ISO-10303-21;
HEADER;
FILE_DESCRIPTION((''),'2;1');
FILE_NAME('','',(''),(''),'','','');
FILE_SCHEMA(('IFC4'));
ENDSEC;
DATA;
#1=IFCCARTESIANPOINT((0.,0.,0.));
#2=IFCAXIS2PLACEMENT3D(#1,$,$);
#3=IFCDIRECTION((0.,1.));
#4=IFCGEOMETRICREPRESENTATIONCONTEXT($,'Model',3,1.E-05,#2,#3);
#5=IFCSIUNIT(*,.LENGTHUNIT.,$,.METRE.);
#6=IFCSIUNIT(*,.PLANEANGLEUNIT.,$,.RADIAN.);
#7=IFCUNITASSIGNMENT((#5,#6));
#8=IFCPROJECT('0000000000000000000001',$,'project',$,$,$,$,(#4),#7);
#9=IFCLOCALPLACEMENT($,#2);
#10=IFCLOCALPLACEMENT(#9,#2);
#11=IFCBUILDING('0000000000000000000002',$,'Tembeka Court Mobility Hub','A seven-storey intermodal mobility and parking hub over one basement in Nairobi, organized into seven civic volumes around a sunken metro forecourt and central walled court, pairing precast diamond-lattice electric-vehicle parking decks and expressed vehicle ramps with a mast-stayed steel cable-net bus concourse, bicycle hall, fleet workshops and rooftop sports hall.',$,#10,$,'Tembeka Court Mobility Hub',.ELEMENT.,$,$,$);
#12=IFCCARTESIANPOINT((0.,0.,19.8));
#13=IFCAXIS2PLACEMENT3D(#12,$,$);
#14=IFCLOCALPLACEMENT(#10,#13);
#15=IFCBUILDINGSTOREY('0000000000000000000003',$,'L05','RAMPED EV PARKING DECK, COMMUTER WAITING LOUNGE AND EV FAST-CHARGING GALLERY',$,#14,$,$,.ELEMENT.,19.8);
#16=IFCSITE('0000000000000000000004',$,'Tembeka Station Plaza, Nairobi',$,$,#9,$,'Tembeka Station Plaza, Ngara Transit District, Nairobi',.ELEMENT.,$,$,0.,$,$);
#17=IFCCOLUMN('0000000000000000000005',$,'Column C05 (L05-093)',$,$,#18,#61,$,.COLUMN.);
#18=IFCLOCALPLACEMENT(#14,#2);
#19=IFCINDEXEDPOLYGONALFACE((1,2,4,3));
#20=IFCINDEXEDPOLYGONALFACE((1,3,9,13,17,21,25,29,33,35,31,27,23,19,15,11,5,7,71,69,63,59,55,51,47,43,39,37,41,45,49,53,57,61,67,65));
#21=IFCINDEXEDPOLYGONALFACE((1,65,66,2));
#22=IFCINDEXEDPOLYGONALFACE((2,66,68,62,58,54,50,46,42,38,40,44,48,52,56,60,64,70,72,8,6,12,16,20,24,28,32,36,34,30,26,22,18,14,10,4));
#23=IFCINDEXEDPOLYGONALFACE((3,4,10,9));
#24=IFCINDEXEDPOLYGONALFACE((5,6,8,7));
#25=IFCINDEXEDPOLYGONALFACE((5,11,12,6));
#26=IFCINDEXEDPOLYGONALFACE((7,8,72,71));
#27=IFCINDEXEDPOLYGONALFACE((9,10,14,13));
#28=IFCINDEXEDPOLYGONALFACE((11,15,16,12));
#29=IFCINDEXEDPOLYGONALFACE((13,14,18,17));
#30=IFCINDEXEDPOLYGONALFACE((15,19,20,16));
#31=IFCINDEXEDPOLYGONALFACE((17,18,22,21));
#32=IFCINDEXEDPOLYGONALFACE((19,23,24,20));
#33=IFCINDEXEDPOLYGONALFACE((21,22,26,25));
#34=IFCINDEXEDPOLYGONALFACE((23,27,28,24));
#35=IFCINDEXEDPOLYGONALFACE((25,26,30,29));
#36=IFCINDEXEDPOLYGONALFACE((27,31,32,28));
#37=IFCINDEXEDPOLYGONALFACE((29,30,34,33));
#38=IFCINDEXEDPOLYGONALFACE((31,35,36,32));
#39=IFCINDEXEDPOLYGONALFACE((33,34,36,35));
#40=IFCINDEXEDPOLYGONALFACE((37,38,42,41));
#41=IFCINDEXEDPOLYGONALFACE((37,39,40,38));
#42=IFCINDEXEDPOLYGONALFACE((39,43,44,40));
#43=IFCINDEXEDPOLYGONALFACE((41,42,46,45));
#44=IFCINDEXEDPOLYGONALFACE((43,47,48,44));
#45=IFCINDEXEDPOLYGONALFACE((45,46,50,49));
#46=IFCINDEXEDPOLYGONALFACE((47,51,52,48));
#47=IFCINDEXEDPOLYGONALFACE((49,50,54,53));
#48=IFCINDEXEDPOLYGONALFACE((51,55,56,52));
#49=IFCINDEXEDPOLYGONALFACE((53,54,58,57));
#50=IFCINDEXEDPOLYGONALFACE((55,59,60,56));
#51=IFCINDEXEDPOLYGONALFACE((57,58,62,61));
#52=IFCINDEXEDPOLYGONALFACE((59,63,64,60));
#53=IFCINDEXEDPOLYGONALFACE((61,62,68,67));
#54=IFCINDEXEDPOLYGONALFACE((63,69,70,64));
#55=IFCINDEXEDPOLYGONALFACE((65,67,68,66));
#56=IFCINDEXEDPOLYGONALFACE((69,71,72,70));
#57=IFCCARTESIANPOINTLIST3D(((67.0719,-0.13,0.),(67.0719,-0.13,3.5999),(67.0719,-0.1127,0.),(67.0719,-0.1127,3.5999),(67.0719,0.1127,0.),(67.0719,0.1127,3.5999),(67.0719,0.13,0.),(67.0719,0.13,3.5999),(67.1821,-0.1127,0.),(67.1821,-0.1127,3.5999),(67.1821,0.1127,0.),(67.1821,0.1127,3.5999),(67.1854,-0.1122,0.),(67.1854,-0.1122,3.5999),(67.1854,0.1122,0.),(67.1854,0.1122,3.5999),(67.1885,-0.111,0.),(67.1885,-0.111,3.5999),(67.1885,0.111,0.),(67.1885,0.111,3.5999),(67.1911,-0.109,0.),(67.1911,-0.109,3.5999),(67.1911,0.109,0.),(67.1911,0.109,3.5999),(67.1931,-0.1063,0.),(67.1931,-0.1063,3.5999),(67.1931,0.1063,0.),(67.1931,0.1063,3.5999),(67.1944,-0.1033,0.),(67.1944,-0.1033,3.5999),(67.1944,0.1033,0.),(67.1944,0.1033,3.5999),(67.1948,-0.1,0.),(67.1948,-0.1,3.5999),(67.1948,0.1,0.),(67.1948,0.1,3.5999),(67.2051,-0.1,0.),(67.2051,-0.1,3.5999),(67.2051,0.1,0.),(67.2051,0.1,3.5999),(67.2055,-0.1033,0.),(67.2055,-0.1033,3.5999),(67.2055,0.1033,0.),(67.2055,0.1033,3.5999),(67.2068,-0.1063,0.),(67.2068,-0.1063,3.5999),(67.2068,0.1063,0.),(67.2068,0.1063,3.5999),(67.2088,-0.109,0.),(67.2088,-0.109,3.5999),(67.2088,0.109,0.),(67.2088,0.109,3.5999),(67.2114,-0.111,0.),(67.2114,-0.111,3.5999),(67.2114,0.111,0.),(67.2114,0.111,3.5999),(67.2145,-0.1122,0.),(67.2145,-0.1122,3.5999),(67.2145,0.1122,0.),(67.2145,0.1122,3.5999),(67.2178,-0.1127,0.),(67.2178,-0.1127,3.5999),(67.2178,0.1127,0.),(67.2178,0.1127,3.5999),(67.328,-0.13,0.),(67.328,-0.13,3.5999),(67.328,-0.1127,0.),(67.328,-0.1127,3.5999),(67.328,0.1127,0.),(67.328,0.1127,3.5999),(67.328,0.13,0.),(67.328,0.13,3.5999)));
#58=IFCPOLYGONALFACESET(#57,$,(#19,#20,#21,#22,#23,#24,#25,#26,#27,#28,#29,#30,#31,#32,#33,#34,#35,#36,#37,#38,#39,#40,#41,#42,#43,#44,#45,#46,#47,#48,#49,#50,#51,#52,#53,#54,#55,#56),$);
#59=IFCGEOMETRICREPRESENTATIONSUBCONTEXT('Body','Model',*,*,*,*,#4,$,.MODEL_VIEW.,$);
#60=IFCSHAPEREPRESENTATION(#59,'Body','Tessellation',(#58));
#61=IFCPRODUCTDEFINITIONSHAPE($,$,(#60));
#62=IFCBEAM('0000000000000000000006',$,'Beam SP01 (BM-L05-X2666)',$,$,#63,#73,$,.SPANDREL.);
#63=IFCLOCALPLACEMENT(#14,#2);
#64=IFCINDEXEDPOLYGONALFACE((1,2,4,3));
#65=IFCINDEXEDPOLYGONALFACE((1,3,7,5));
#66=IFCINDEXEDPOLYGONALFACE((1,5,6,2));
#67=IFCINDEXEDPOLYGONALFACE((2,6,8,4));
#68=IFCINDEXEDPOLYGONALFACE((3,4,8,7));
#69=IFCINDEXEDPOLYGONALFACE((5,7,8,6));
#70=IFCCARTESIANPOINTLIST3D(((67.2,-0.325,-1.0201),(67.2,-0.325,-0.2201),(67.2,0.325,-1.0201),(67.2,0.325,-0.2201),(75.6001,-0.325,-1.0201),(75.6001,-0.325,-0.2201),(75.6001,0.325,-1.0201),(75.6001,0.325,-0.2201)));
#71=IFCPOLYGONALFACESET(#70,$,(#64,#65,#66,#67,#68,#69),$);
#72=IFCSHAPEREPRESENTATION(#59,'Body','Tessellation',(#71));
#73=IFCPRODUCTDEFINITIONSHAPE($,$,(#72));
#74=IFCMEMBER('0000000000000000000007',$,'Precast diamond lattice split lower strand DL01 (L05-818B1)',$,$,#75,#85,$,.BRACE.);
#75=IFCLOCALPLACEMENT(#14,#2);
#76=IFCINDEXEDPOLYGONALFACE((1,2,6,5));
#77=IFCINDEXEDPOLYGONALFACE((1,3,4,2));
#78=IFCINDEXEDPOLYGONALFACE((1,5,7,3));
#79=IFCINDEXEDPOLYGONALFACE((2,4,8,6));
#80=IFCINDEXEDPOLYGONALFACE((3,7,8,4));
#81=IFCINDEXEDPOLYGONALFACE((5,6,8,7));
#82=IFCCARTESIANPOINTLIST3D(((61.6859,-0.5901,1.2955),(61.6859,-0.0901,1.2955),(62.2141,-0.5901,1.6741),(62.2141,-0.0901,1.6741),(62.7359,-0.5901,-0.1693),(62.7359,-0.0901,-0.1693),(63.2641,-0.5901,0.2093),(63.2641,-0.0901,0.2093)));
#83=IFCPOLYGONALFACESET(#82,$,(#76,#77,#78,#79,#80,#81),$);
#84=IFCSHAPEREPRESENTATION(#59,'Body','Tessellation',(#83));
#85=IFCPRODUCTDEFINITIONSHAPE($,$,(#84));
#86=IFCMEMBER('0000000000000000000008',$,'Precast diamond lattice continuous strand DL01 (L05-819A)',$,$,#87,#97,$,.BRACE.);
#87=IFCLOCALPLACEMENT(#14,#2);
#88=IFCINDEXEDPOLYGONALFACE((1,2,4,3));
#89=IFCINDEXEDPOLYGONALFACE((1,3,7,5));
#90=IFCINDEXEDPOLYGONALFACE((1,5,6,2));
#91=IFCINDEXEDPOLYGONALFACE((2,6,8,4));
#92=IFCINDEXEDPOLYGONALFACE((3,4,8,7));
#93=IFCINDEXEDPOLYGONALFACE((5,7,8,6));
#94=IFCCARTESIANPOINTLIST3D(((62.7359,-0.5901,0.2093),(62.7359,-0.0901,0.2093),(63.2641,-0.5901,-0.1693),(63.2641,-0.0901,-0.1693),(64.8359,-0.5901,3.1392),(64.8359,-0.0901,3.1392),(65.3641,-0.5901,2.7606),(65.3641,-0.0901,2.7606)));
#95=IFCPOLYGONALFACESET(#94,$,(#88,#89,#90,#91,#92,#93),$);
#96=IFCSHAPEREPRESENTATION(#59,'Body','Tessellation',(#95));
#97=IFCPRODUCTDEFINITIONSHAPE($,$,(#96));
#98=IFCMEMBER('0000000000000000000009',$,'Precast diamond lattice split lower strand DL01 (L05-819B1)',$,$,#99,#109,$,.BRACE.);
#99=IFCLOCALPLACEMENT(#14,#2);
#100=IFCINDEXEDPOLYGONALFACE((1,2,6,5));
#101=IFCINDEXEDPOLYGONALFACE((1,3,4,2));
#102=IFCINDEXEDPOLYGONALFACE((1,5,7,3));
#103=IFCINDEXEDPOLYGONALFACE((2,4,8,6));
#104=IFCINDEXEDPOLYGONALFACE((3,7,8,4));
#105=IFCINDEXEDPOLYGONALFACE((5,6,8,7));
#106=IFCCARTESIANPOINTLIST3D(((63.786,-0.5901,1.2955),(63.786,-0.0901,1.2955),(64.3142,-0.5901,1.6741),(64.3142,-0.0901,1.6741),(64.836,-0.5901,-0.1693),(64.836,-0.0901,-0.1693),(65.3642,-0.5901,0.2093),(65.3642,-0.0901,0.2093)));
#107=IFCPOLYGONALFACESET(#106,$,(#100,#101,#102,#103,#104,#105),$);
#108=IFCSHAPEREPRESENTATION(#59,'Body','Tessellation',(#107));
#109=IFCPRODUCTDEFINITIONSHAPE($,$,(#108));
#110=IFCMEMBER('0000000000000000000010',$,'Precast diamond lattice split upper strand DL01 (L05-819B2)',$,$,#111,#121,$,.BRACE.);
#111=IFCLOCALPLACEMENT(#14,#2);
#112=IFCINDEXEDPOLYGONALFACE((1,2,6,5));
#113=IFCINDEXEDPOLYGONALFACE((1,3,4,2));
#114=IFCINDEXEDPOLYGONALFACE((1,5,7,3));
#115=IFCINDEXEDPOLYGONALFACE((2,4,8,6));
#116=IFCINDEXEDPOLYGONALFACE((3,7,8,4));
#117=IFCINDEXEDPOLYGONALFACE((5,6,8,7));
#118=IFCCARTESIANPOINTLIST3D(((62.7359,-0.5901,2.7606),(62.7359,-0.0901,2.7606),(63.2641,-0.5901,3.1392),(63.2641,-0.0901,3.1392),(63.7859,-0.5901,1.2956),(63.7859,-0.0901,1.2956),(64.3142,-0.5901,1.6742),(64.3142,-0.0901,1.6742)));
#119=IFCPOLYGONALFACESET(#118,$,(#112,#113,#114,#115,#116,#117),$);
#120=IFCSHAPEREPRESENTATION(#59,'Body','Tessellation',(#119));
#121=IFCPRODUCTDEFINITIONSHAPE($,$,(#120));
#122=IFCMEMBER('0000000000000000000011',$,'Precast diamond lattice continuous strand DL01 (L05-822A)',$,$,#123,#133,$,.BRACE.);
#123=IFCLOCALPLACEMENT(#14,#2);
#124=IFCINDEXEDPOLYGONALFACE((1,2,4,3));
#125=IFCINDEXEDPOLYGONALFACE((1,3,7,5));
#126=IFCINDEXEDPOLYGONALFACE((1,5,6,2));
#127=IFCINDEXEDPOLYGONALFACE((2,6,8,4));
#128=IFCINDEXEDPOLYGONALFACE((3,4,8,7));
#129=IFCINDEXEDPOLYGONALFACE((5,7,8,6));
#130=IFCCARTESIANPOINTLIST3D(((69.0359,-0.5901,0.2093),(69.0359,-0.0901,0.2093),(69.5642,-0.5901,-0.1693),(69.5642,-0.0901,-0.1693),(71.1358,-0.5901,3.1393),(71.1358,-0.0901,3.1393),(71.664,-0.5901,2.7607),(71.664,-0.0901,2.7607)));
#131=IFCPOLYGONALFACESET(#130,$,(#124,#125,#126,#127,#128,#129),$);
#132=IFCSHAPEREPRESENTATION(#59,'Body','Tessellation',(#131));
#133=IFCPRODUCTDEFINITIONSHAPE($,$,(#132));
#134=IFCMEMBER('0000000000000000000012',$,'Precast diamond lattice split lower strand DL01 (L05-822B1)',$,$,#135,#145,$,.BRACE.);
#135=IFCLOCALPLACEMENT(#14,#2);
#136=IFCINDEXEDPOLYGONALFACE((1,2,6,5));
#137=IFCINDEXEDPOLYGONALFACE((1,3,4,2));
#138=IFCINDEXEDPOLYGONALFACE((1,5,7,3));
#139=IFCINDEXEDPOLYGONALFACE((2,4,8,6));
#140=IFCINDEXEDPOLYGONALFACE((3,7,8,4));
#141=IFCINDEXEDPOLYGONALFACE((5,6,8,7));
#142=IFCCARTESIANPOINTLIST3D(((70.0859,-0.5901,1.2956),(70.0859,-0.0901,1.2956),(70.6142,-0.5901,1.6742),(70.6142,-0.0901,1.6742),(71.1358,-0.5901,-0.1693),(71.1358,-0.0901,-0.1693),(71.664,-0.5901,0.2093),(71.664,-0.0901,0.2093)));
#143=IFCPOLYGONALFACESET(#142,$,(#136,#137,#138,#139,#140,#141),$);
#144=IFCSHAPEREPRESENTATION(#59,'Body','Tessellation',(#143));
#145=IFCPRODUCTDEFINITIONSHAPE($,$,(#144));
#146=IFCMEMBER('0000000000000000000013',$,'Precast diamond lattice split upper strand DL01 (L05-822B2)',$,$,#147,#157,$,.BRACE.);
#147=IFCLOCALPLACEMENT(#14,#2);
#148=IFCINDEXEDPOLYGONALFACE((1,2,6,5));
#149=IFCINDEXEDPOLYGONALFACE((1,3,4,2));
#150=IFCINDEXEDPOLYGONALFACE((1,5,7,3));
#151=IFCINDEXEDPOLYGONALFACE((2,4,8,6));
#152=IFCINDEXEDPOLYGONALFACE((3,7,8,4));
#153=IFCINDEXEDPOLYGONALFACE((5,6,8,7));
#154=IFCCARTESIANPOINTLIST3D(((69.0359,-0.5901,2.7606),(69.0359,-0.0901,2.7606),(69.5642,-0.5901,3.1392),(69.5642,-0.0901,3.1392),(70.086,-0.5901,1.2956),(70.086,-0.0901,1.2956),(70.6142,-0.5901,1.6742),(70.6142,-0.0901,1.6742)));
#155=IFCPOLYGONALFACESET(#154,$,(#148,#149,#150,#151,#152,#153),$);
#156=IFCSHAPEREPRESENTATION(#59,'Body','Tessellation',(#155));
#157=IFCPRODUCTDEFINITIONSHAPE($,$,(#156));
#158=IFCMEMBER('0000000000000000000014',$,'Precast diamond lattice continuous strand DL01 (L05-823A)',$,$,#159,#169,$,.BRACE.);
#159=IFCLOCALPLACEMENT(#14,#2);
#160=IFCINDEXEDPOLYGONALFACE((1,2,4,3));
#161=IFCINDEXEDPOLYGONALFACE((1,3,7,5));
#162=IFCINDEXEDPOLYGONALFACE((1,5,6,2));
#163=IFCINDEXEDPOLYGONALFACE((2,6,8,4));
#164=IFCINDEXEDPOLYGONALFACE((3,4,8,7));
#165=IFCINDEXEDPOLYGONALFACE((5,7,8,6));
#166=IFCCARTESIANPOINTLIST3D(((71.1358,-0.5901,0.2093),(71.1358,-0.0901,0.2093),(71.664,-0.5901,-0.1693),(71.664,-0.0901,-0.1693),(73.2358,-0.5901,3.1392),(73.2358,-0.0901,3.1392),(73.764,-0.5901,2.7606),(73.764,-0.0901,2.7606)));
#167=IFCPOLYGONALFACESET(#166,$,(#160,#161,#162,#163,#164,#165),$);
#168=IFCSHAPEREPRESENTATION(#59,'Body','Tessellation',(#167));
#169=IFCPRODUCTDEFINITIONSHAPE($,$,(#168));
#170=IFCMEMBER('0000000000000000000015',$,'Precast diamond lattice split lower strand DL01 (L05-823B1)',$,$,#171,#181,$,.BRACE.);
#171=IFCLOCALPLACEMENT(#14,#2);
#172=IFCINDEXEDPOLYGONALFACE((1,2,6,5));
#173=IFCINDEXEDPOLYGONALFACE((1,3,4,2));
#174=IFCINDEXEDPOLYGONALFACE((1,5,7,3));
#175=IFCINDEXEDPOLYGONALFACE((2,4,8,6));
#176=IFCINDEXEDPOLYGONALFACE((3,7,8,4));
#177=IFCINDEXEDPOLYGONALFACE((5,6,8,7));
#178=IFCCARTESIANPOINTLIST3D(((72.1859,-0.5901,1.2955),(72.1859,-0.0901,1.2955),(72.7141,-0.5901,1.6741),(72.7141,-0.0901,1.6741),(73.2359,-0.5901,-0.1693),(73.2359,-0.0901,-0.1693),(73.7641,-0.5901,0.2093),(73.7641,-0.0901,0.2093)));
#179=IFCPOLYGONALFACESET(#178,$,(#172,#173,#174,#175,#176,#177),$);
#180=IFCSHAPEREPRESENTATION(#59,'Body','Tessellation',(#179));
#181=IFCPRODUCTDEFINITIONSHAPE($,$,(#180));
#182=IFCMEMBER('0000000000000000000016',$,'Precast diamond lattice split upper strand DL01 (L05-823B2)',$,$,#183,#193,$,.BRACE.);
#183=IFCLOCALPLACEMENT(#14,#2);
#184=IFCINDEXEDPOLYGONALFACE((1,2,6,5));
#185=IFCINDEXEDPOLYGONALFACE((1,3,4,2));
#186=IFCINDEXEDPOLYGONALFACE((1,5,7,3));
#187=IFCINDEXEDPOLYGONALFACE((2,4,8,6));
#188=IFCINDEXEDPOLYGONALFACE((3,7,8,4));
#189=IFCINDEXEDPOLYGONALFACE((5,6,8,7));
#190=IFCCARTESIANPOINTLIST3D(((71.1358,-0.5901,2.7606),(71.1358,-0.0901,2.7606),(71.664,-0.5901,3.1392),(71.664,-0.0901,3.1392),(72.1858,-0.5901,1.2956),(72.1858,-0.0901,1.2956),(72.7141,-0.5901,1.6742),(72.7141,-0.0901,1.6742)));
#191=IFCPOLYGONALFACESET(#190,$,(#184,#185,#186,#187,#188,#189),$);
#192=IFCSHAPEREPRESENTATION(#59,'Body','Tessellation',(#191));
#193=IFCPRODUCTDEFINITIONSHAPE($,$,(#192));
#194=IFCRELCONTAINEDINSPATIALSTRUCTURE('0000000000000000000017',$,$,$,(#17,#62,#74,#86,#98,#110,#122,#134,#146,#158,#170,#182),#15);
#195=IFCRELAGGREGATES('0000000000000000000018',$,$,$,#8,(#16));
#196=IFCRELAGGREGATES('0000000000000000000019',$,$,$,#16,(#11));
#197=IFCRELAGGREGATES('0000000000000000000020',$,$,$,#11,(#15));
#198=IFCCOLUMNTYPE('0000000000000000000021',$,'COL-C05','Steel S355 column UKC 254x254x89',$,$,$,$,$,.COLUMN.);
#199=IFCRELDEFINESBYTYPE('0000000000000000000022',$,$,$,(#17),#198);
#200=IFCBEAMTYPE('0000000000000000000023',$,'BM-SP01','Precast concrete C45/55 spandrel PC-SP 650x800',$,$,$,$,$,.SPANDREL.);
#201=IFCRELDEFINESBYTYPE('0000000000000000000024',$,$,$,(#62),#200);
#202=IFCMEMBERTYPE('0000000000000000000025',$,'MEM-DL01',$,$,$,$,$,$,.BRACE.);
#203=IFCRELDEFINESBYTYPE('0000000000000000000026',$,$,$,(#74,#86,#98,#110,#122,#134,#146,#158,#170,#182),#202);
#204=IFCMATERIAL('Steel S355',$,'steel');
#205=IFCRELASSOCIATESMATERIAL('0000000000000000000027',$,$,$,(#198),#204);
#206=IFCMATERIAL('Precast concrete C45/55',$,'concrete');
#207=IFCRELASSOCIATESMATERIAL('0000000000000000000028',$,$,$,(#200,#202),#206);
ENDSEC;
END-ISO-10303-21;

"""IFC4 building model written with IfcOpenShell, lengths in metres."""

from ifc_helpers import new_model, si_unit, direction, frame, origin, origin_2d, place, context, subcontext, project, spatial, rectangle, i_section, extrude, material, material_profile, profile_set, type_object, element, save


model = new_model("IFC4")

# Units and contexts
model_context = context("Model", 3, precision=1e-05, world=origin(), true_north=direction((0.0, 1.0)))
body_context = subcontext(model_context, "Body", "Model", "MODEL_VIEW")
ifc_project = project(units=[si_unit("LENGTHUNIT", "METRE"), si_unit("PLANEANGLEUNIT", "RADIAN")], contexts=[model_context])

# Site, building, storey
site_placement = place(None, origin())
site = spatial("IfcSite", under=ifc_project, at=site_placement, Name="Tembeka Station Plaza, Nairobi", LongName="Tembeka Station Plaza, Ngara Transit District, Nairobi", CompositionType="ELEMENT", RefElevation=0.0)
building_placement = place(site_placement, origin())
building = spatial("IfcBuilding", under=site, at=building_placement, Name="Tembeka Court Mobility Hub", Description="A seven-storey intermodal mobility and parking hub over one basement in Nairobi, organized into seven civic volumes around a sunken metro forecourt and central walled court, pairing precast diamond-lattice electric-vehicle parking decks and expressed vehicle ramps with a mast-stayed steel cable-net bus concourse, bicycle hall, fleet workshops and rooftop sports hall.", LongName="Tembeka Court Mobility Hub", CompositionType="ELEMENT")
storey_placement = place(building_placement, frame((0.0, 0.0, 19.8)))
storey = spatial("IfcBuildingStorey", under=building, at=storey_placement, Name="L05", Description="RAMPED EV PARKING DECK, COMMUTER WAITING LOUNGE AND EV FAST-CHARGING GALLERY", CompositionType="ELEMENT", Elevation=19.8)

# Column
ifc_material_1 = material(Name="Steel S355", Category="steel")
ifc_material_profile_1 = material_profile(ifc_material_1, i_section(OverallWidth=0.2561, OverallDepth=0.26, WebThickness=0.0103, FlangeThickness=0.0173, FilletRadius=0.0127, at=origin_2d()), Name="UKC 254x254x89")
ifc_profile_set_1 = profile_set([ifc_material_profile_1], Name="Steel S355")
column_type = type_object("IfcColumnType", Name="COL-C05", Description="Steel S355 column UKC 254x254x89", PredefinedType="COLUMN", material=ifc_profile_set_1)
column_placement = place(storey_placement, frame((67.2, 0.0, 0.0), z_axis=(0.0, 0.0, 1.0), x_axis=(1.0, 0.0, 0.0)))
element("IfcColumn", 1, at=column_placement, inside=storey, type_object=column_type, Name="Column C05 (L05-093)", PredefinedType="COLUMN", context=body_context, shape_type="SweptSolid", body=[
    extrude(i_section(OverallWidth=0.2561, OverallDepth=0.26, WebThickness=0.0103, FlangeThickness=0.0173, FilletRadius=0.0127, at=origin_2d()), origin(), (0.0, 0.0, 1.0), 3.5999),
])

# Beam
ifc_material_2 = material(Name="Precast concrete C45/55", Category="concrete")
ifc_material_profile_2 = material_profile(ifc_material_2, rectangle(XDim=0.6499, YDim=0.8, at=origin_2d()), Name="PC-SP 650x800")
ifc_profile_set_2 = profile_set([ifc_material_profile_2], Name="Precast concrete C45/55")
beam_type = type_object("IfcBeamType", Name="BM-SP01", Description="Precast concrete C45/55 spandrel PC-SP 650x800", PredefinedType="SPANDREL", material=ifc_profile_set_2)
beam_placement = place(storey_placement, frame((67.2, 0.0, -0.6201), z_axis=(1.0, 0.0, 0.0), x_axis=(0.0, 1.0, 0.0)))
element("IfcBeam", 2, at=beam_placement, inside=storey, type_object=beam_type, Name="Beam SP01 (BM-L05-X2666)", PredefinedType="SPANDREL", context=body_context, shape_type="SweptSolid", body=[
    extrude(rectangle(XDim=0.6499, YDim=0.8, at=origin_2d()), origin(), (0.0, 0.0, 1.0), 8.4001),
])

# Members
ifc_material_profile_3 = material_profile(ifc_material_2, rectangle(XDim=0.5, YDim=0.6499, at=origin_2d()), Name="PC-DIAG 500x650")
ifc_profile_set_3 = profile_set([ifc_material_profile_3], Name="Precast concrete C45/55")
member_type_1 = type_object("IfcMemberType", Name="MEM-DL01", PredefinedType="BRACE", material=ifc_profile_set_3)
member_1_placement = place(storey_placement, frame((63.0, -0.3401, 0.02), z_axis=(-0.582608, 0.0, 0.812753), x_axis=(0.0, -1.0, 0.0)))
element("IfcMember", 3, at=member_1_placement, inside=storey, type_object=member_type_1, Name="Precast diamond lattice split lower strand DL01 (L05-818B1)", PredefinedType="BRACE", context=body_context, shape_type="SweptSolid", body=[
    extrude(rectangle(XDim=0.5, YDim=0.6499, at=origin_2d()), origin(), (0.0, 0.0, 1.0), 1.8022),
])
member_2_placement = place(storey_placement, frame((63.0, -0.3401, 0.02), z_axis=(0.582576, 0.0, 0.812776), x_axis=(0.0, 1.0, 0.0)))
element("IfcMember", 4, at=member_2_placement, inside=storey, type_object=member_type_1, Name="Precast diamond lattice continuous strand DL01 (L05-819A)", PredefinedType="BRACE", context=body_context, shape_type="SweptSolid", body=[
    extrude(rectangle(XDim=0.5, YDim=0.6499, at=origin_2d()), origin(), (0.0, 0.0, 1.0), 3.6047),
])
member_3_placement = place(storey_placement, frame((65.1001, -0.3401, 0.02), z_axis=(-0.582608, 0.0, 0.812753), x_axis=(0.0, -1.0, 0.0)))
element("IfcMember", 5, at=member_3_placement, inside=storey, type_object=member_type_1, Name="Precast diamond lattice split lower strand DL01 (L05-819B1)", PredefinedType="BRACE", context=body_context, shape_type="SweptSolid", body=[
    extrude(rectangle(XDim=0.5, YDim=0.6499, at=origin_2d()), origin(), (0.0, 0.0, 1.0), 1.8022),
])
member_4_placement = place(storey_placement, frame((64.05, -0.3401, 1.4849), z_axis=(-0.582544, 0.0, 0.812799), x_axis=(0.0, -1.0, 0.0)))
element("IfcMember", 6, at=member_4_placement, inside=storey, type_object=member_type_1, Name="Precast diamond lattice split upper strand DL01 (L05-819B2)", PredefinedType="BRACE", context=body_context, shape_type="SweptSolid", body=[
    extrude(rectangle(XDim=0.5, YDim=0.6499, at=origin_2d()), origin(), (0.0, 0.0, 1.0), 1.8025),
])
member_5_placement = place(storey_placement, frame((69.3, -0.3401, 0.02), z_axis=(0.582532, 0.0, 0.812808), x_axis=(0.0, 1.0, 0.0)))
element("IfcMember", 7, at=member_5_placement, inside=storey, type_object=member_type_1, Name="Precast diamond lattice continuous strand DL01 (L05-822A)", PredefinedType="BRACE", context=body_context, shape_type="SweptSolid", body=[
    extrude(rectangle(XDim=0.5, YDim=0.6499, at=origin_2d()), origin(), (0.0, 0.0, 1.0), 3.6047),
])
member_6_placement = place(storey_placement, frame((71.3999, -0.3401, 0.02), z_axis=(-0.582519, 0.0, 0.812817), x_axis=(0.0, -1.0, 0.0)))
element("IfcMember", 8, at=member_6_placement, inside=storey, type_object=member_type_1, Name="Precast diamond lattice split lower strand DL01 (L05-822B1)", PredefinedType="BRACE", context=body_context, shape_type="SweptSolid", body=[
    extrude(rectangle(XDim=0.5, YDim=0.6499, at=origin_2d()), origin(), (0.0, 0.0, 1.0), 1.8022),
])
member_7_placement = place(storey_placement, frame((70.3501, -0.3401, 1.4849), z_axis=(-0.582544, 0.0, 0.812799), x_axis=(0.0, -1.0, 0.0)))
element("IfcMember", 9, at=member_7_placement, inside=storey, type_object=member_type_1, Name="Precast diamond lattice split upper strand DL01 (L05-822B2)", PredefinedType="BRACE", context=body_context, shape_type="SweptSolid", body=[
    extrude(rectangle(XDim=0.5, YDim=0.6499, at=origin_2d()), origin(), (0.0, 0.0, 1.0), 1.8025),
])
member_8_placement = place(storey_placement, frame((71.3999, -0.3401, 0.02), z_axis=(0.582576, 0.0, 0.812776), x_axis=(0.0, 1.0, 0.0)))
element("IfcMember", 10, at=member_8_placement, inside=storey, type_object=member_type_1, Name="Precast diamond lattice continuous strand DL01 (L05-823A)", PredefinedType="BRACE", context=body_context, shape_type="SweptSolid", body=[
    extrude(rectangle(XDim=0.5, YDim=0.6499, at=origin_2d()), origin(), (0.0, 0.0, 1.0), 3.6047),
])
member_9_placement = place(storey_placement, frame((73.5, -0.3401, 0.02), z_axis=(-0.582608, 0.0, 0.812753), x_axis=(0.0, -1.0, 0.0)))
element("IfcMember", 11, at=member_9_placement, inside=storey, type_object=member_type_1, Name="Precast diamond lattice split lower strand DL01 (L05-823B1)", PredefinedType="BRACE", context=body_context, shape_type="SweptSolid", body=[
    extrude(rectangle(XDim=0.5, YDim=0.6499, at=origin_2d()), origin(), (0.0, 0.0, 1.0), 1.8022),
])
member_10_placement = place(storey_placement, frame((72.45, -0.3401, 1.4849), z_axis=(-0.582544, 0.0, 0.812799), x_axis=(0.0, -1.0, 0.0)))
element("IfcMember", 12, at=member_10_placement, inside=storey, type_object=member_type_1, Name="Precast diamond lattice split upper strand DL01 (L05-823B2)", PredefinedType="BRACE", context=body_context, shape_type="SweptSolid", body=[
    extrude(rectangle(XDim=0.5, YDim=0.6499, at=origin_2d()), origin(), (0.0, 0.0, 1.0), 1.8025),
])

save(model, "model.ifc")
